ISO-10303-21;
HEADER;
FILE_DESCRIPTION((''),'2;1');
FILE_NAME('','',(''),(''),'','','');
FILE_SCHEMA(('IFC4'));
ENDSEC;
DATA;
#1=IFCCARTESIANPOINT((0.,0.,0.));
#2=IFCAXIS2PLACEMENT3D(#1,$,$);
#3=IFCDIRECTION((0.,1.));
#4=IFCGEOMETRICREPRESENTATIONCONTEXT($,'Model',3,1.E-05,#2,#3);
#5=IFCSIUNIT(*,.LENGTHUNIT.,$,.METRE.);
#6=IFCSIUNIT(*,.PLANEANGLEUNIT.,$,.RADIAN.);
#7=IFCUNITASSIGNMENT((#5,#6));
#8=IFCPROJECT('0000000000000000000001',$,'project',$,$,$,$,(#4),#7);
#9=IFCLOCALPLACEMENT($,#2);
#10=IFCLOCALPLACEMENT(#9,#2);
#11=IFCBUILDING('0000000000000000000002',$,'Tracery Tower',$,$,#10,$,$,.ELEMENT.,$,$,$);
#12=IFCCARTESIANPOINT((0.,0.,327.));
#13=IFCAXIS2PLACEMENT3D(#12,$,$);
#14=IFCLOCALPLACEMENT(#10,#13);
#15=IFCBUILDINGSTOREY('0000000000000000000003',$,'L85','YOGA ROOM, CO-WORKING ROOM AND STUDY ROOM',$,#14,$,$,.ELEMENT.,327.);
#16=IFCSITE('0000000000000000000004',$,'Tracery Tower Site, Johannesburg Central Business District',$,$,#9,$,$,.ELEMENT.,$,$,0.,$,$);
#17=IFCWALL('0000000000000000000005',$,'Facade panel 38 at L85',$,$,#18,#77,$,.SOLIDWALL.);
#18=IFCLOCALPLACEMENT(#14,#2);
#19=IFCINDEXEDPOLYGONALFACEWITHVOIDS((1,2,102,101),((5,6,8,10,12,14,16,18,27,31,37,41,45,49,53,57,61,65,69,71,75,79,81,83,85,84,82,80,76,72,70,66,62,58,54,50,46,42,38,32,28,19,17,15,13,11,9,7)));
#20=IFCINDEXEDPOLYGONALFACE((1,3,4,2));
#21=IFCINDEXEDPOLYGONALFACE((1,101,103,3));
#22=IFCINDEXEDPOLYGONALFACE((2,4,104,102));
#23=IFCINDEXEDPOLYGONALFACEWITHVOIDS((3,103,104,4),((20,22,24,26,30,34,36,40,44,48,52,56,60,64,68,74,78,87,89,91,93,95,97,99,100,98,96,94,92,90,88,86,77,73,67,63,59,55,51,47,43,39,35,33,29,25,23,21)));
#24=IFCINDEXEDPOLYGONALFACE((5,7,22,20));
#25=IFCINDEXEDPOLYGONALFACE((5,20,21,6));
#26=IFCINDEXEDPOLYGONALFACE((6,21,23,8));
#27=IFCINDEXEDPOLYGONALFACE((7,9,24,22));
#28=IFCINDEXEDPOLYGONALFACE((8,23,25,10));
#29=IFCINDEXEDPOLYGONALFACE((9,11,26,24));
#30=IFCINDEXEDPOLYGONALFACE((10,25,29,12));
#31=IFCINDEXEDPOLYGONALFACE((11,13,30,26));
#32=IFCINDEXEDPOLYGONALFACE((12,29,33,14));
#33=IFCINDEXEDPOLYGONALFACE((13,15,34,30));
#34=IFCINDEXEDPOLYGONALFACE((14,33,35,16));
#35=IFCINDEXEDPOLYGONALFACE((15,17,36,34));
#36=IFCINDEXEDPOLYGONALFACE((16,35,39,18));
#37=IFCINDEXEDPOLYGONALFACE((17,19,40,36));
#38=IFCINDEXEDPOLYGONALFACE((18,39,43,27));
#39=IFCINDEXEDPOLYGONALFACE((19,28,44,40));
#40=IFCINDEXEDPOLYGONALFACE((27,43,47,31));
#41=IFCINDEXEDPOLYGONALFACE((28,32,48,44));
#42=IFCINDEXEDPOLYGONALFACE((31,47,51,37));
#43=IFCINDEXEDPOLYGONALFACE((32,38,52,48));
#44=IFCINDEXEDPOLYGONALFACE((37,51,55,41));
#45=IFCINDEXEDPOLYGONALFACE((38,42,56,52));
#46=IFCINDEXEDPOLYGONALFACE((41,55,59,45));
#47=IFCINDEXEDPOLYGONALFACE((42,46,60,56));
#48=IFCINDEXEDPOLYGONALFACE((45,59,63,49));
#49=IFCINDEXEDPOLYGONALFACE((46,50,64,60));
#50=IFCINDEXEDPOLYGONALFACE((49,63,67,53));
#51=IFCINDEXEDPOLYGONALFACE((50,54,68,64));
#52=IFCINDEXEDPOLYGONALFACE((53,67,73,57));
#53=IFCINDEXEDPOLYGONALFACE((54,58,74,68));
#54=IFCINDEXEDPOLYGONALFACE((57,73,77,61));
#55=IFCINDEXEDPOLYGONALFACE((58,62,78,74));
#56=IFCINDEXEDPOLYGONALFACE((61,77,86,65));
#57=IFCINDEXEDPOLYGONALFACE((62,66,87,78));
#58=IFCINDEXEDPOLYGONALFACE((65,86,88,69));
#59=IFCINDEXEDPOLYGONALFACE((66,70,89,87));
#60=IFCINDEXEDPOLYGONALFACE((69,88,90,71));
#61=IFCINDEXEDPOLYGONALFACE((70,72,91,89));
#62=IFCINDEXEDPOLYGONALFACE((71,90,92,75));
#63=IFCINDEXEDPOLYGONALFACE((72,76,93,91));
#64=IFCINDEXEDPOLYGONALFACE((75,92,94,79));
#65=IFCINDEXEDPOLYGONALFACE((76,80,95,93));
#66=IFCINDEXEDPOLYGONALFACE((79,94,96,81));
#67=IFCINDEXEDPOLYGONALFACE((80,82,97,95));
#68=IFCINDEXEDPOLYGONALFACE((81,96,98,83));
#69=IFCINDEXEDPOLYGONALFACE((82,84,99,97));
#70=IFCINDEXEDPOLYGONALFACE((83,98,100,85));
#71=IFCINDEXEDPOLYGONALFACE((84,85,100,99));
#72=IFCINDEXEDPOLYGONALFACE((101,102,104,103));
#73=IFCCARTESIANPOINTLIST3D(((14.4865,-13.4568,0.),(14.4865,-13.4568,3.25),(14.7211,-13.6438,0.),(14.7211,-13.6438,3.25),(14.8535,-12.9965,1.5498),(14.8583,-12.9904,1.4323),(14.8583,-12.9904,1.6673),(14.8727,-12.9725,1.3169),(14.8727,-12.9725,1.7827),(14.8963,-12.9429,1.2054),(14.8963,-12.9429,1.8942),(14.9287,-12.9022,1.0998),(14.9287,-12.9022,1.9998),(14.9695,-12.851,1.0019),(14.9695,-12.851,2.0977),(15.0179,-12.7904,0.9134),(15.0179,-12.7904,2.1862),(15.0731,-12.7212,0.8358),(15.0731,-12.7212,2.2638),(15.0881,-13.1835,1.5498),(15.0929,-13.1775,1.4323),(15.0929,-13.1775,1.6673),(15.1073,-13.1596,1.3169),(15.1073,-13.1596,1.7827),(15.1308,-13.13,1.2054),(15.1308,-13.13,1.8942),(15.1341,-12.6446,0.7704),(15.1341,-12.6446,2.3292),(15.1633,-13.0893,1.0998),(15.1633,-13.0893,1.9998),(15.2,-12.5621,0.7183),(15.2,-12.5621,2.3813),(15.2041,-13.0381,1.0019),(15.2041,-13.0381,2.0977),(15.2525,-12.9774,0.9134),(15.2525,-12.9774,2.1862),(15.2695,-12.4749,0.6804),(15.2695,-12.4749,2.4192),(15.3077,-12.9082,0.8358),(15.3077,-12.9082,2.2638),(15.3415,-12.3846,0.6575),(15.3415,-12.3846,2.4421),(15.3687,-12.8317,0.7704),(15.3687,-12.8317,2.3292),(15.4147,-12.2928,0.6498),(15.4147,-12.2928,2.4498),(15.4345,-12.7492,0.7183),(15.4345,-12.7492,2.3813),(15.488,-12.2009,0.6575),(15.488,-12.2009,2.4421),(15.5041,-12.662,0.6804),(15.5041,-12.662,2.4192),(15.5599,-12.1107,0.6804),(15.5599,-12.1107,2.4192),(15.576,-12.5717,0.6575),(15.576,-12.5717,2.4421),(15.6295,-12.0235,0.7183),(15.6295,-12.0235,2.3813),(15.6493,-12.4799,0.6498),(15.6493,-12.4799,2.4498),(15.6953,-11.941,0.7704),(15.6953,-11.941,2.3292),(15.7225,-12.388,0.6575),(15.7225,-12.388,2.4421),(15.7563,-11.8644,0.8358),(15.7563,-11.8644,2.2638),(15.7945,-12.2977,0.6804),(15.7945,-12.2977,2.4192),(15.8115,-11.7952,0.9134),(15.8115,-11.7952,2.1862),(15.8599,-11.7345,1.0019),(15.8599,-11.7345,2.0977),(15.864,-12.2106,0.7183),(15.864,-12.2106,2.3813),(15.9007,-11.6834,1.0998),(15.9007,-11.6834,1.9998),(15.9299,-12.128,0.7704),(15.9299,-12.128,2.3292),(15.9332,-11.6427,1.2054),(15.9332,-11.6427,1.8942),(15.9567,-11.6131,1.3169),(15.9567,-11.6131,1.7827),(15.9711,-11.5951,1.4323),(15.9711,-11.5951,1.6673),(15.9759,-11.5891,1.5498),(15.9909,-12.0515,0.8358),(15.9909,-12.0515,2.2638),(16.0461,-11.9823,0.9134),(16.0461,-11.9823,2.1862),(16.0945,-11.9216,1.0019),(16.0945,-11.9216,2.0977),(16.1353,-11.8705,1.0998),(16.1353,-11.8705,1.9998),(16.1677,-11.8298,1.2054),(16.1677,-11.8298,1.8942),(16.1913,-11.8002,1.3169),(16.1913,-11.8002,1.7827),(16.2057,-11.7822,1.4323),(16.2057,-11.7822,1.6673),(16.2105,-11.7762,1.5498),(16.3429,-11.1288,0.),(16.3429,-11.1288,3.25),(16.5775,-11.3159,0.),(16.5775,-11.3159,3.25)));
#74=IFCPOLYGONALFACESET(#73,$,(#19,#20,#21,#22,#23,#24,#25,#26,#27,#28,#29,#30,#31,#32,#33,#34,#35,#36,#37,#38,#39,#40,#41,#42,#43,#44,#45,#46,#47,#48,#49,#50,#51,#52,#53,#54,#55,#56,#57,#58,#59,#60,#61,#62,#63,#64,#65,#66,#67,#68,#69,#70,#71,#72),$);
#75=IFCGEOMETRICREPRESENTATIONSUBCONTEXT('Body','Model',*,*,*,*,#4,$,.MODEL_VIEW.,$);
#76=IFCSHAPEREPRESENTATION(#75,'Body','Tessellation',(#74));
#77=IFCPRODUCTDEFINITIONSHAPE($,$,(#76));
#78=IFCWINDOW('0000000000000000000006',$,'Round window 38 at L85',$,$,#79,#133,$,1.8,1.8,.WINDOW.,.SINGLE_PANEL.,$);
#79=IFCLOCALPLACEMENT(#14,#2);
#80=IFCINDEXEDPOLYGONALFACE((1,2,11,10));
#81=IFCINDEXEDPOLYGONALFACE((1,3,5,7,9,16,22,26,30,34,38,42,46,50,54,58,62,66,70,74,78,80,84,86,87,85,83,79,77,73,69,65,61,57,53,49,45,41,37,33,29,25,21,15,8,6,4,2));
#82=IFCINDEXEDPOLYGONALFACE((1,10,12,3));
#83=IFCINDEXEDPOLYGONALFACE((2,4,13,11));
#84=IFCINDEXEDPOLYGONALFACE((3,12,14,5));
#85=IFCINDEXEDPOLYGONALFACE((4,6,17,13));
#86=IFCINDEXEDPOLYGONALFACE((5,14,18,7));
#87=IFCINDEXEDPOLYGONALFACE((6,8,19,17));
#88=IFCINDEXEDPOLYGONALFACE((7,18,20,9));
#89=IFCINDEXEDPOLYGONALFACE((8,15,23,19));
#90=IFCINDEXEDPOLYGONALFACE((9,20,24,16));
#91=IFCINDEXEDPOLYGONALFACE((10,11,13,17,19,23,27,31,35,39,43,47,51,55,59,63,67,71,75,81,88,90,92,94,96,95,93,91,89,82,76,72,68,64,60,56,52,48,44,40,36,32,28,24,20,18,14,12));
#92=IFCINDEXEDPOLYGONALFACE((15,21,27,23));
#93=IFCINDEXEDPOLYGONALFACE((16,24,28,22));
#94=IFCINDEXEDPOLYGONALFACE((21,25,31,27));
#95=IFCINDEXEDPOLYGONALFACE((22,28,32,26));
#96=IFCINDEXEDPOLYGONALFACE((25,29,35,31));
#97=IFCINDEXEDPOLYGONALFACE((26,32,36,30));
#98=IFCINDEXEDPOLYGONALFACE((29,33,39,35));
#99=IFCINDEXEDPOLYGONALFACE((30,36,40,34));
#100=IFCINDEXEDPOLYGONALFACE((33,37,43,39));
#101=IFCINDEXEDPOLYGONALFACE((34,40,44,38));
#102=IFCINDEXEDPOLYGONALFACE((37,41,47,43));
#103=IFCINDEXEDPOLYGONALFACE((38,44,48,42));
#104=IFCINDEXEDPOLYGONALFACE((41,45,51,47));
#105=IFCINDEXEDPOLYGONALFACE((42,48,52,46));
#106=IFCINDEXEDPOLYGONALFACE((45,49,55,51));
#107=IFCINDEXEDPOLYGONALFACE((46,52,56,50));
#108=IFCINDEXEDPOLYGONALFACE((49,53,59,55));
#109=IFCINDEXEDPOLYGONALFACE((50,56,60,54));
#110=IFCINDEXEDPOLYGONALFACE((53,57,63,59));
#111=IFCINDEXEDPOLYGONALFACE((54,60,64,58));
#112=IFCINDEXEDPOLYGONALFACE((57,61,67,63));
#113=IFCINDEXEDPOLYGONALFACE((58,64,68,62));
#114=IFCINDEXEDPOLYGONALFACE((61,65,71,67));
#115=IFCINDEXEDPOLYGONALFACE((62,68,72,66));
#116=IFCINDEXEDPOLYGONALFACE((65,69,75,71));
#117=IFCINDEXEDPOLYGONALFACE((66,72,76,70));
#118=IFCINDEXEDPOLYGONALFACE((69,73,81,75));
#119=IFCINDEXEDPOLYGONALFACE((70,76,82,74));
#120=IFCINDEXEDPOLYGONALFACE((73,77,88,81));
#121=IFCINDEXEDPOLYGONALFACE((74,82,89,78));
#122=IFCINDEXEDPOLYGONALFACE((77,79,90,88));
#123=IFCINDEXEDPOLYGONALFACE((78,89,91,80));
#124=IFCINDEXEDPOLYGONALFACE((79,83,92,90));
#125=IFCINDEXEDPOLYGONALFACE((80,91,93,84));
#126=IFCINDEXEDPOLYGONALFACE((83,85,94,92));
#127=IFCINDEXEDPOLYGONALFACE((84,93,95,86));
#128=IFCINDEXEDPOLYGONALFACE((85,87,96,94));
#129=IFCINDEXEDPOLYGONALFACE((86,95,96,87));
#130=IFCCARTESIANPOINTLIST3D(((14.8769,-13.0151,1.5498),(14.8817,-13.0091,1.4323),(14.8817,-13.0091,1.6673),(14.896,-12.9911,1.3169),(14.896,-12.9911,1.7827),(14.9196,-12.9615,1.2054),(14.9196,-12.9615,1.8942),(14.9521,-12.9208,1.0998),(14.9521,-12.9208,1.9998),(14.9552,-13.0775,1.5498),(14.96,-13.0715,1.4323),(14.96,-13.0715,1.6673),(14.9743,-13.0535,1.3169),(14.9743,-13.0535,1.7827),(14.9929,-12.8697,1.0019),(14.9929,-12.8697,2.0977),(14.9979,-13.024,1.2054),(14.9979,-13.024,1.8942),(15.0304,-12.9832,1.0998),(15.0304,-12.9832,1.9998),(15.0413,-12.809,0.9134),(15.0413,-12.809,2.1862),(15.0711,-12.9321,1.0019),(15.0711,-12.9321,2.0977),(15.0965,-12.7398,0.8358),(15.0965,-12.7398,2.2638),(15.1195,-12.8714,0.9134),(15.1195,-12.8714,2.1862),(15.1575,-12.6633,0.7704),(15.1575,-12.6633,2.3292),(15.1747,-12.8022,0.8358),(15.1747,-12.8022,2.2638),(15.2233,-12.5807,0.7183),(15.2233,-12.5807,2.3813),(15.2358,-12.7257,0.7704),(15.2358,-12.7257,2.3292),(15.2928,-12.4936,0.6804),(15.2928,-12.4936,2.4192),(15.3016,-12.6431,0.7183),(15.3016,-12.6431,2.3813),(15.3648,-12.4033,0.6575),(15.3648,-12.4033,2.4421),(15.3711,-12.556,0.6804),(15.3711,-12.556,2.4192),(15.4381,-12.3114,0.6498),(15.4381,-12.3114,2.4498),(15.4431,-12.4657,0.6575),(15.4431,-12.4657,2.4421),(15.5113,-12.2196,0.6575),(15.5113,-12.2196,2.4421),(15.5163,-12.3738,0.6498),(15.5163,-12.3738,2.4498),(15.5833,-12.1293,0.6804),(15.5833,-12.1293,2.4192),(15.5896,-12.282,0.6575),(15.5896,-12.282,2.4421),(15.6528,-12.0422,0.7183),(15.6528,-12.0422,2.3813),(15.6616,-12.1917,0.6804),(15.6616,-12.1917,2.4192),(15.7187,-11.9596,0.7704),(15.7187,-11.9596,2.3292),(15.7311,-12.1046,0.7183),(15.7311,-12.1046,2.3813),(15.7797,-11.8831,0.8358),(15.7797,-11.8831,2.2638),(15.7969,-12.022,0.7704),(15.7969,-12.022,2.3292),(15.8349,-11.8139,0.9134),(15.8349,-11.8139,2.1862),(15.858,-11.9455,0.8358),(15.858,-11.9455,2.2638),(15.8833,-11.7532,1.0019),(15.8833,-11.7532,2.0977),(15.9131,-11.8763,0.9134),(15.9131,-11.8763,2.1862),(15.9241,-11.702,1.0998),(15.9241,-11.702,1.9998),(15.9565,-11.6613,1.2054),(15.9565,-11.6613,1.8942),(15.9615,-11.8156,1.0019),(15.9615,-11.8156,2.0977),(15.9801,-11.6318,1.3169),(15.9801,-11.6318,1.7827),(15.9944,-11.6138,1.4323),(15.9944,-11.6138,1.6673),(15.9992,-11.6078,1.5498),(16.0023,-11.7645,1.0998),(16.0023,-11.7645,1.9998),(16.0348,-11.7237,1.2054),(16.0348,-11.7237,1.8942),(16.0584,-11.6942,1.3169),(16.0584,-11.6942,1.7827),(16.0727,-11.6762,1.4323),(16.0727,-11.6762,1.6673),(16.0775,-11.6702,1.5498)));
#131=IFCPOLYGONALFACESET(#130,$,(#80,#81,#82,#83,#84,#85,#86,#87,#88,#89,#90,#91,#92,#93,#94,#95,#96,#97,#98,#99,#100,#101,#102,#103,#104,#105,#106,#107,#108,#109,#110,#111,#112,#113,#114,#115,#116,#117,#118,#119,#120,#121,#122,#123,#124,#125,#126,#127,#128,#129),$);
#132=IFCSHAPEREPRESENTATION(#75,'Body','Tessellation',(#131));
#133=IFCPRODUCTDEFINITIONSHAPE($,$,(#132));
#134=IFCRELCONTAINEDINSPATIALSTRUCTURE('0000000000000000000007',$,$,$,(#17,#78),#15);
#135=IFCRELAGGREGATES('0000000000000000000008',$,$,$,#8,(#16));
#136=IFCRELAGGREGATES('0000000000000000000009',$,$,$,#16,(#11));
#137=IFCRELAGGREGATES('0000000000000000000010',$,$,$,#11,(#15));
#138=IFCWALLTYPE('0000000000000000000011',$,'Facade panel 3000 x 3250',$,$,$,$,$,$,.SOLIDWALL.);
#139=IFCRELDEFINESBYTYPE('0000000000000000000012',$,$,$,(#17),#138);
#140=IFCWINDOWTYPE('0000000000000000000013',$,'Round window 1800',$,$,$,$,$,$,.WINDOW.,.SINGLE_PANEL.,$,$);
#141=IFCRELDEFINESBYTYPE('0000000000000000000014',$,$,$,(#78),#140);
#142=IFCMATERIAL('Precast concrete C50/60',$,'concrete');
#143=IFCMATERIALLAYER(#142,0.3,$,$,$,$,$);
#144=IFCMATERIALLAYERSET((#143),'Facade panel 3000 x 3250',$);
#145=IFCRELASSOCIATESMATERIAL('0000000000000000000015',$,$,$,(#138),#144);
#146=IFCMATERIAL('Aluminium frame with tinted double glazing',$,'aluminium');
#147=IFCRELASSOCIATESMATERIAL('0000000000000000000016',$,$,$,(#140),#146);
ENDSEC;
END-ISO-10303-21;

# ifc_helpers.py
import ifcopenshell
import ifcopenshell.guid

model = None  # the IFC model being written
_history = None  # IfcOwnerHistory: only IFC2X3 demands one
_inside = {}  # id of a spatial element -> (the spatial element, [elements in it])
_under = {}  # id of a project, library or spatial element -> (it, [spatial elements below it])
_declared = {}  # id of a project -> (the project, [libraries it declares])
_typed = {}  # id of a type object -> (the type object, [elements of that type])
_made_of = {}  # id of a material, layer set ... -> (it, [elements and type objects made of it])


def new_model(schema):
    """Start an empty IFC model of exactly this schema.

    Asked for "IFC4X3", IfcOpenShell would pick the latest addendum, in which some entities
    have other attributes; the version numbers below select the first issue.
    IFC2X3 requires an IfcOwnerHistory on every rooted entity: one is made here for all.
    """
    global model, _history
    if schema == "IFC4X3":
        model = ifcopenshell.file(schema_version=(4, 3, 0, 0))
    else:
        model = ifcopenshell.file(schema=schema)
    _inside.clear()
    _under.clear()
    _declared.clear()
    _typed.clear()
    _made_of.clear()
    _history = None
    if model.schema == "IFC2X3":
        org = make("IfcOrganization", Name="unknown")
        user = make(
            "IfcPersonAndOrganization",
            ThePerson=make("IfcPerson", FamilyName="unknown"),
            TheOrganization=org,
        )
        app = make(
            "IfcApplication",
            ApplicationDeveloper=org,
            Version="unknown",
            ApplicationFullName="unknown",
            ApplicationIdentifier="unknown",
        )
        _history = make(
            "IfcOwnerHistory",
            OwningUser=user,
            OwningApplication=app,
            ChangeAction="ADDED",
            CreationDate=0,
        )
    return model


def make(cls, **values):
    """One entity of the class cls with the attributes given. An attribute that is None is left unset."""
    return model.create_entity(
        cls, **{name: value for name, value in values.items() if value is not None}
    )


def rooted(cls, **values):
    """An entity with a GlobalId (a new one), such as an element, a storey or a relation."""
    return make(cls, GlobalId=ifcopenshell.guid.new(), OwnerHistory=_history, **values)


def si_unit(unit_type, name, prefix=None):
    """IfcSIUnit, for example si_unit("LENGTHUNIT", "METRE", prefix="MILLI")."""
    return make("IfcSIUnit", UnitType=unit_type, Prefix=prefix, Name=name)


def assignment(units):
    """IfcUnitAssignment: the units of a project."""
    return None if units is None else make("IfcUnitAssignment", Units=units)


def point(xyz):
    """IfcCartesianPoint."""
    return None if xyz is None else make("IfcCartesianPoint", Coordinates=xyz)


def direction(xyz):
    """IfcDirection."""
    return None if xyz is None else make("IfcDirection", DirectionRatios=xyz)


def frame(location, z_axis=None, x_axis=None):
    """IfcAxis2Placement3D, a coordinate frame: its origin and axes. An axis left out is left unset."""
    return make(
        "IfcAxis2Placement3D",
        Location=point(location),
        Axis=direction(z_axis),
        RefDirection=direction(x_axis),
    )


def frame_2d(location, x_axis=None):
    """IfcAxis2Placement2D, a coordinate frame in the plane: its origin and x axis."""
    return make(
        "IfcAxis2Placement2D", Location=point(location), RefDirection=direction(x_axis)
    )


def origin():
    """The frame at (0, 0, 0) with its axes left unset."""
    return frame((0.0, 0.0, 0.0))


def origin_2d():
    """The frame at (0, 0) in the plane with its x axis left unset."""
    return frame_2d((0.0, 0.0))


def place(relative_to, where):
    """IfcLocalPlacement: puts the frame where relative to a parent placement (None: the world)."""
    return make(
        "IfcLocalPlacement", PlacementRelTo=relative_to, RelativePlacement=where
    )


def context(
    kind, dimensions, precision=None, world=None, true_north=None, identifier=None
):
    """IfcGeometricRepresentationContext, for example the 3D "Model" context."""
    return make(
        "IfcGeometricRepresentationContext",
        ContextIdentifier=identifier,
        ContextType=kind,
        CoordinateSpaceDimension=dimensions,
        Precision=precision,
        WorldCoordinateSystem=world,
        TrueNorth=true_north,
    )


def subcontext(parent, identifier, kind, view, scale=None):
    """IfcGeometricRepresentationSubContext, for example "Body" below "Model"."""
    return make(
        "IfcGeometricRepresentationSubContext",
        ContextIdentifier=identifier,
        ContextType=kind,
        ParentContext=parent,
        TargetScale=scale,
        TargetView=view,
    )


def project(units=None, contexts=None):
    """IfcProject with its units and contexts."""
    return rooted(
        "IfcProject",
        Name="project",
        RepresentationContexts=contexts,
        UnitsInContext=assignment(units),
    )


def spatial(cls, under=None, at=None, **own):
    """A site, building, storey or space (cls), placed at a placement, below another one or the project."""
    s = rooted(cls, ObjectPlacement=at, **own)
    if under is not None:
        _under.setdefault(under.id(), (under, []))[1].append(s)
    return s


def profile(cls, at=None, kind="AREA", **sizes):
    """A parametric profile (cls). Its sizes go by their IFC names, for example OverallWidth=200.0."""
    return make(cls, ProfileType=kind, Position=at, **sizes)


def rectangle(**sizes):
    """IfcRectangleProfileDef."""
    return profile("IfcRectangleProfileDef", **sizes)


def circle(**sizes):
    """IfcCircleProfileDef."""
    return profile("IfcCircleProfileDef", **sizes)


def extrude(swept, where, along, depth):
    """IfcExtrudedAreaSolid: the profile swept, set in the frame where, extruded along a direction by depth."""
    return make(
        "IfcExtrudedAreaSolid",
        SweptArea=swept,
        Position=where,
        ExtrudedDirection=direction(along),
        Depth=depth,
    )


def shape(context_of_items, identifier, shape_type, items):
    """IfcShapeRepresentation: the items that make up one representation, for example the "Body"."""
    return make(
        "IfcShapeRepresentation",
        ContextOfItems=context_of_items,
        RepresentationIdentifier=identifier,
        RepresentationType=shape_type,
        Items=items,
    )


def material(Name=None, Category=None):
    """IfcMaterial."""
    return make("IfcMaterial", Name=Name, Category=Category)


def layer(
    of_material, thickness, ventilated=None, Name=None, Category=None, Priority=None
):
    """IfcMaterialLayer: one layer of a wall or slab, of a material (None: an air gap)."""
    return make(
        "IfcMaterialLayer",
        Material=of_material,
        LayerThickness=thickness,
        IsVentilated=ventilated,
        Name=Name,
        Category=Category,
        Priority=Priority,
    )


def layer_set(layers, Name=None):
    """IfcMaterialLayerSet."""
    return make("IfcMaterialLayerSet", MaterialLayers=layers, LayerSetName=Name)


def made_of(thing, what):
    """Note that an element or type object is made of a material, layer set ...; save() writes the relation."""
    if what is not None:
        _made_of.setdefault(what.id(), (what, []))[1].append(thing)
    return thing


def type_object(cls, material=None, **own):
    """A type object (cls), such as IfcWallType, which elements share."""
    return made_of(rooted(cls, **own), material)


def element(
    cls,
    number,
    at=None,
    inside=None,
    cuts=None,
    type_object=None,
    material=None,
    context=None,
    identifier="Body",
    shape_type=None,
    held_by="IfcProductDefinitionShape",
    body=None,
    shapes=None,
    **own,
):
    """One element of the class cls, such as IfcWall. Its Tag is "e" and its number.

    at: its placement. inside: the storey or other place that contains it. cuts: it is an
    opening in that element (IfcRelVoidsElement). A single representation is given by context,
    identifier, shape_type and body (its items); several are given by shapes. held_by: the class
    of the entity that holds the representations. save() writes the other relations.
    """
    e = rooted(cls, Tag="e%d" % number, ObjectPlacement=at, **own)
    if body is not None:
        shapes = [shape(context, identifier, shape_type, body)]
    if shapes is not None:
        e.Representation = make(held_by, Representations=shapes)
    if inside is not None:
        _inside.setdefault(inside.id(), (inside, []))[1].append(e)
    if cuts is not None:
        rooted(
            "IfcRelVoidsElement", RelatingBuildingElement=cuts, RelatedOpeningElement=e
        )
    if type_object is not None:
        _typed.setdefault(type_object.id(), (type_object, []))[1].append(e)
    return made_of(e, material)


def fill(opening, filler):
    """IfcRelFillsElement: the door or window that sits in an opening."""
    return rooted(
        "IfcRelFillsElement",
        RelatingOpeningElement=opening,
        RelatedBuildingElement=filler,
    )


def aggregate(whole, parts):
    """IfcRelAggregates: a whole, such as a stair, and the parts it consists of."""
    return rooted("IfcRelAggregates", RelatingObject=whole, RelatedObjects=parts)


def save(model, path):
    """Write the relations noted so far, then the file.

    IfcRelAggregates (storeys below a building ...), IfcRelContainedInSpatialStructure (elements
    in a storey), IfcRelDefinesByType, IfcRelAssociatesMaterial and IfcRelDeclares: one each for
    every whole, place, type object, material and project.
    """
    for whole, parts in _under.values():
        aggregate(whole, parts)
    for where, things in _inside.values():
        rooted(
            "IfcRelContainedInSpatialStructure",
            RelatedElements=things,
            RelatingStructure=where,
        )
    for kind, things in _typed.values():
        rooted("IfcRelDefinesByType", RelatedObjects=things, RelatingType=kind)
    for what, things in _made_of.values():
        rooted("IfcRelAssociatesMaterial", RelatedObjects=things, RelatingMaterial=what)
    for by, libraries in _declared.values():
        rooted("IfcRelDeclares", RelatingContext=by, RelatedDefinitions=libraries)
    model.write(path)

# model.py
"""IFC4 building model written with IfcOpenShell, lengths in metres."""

from ifc_helpers import new_model, si_unit, direction, frame, frame_2d, origin, origin_2d, place, context, subcontext, project, spatial, rectangle, circle, extrude, material, layer, layer_set, type_object, element, fill, save


model = new_model("IFC4")

# Units and contexts
model_context = context("Model", 3, precision=1e-05, world=origin(), true_north=direction((0.0, 1.0)))
body_context = subcontext(model_context, "Body", "Model", "MODEL_VIEW")
ifc_project = project(units=[si_unit("LENGTHUNIT", "METRE"), si_unit("PLANEANGLEUNIT", "RADIAN")], contexts=[model_context])

# Site, building, storey
site_placement = place(None, origin())
site = spatial("IfcSite", under=ifc_project, at=site_placement, Name="Tracery Tower Site, Johannesburg Central Business District", CompositionType="ELEMENT", RefElevation=0.0)
building_placement = place(site_placement, origin())
building = spatial("IfcBuilding", under=site, at=building_placement, Name="Tracery Tower", CompositionType="ELEMENT")
storey_placement = place(building_placement, frame((0.0, 0.0, 327.0)))
storey = spatial("IfcBuildingStorey", under=building, at=storey_placement, Name="L85", Description="YOGA ROOM, CO-WORKING ROOM AND STUDY ROOM", CompositionType="ELEMENT", Elevation=327.0)

# Wall, opening, window
ifc_material_1 = material(Name="Precast concrete C50/60", Category="concrete")
ifc_layer_1 = layer(ifc_material_1, 0.3)
ifc_layer_set_1 = layer_set([ifc_layer_1], Name="Facade panel 3000 x 3250")
wall_type_1 = type_object("IfcWallType", Name="Facade panel 3000 x 3250", PredefinedType="SOLIDWALL", material=ifc_layer_set_1)
ifc_material_2 = material(Name="Aluminium frame with tinted double glazing", Category="aluminium")
window_type = type_object("IfcWindowType", Name="Round window 1800", PartitioningType="SINGLE_PANEL", PredefinedType="WINDOW", material=ifc_material_2)
wall_1_placement = place(storey_placement, frame((14.6038, -13.5503, 0.0), z_axis=(0.0, 0.0, 1.0), x_axis=(0.623494, 0.781828, 0.0)))
wall_1 = element("IfcWall", 1, at=wall_1_placement, inside=storey, type_object=wall_type_1, Name="Facade panel 38 at L85", PredefinedType="SOLIDWALL", context=body_context, shape_type="SweptSolid", body=[
    extrude(rectangle(XDim=2.9775, YDim=0.3, at=frame_2d((1.4888, 0.0))), origin(), (0.0, 0.0, 1.0), 3.25),
])
opening_1_placement = place(wall_1_placement, frame((1.4888, 0.0, 1.5498)))
opening_1 = element("IfcOpeningElement", 2, at=opening_1_placement, cuts=wall_1, PredefinedType="OPENING", context=body_context, shape_type="SweptSolid", body=[
    extrude(circle(Radius=0.9, at=origin_2d()), frame((0.0, 0.1599, 0.0), z_axis=(0.0, -1.0, 0.0), x_axis=(1.0, 0.0, 0.0)), (0.0, 0.0, 1.0), 0.3201),
])
window_1_placement = place(opening_1_placement, origin())
window_1 = element("IfcWindow", 3, at=window_1_placement, inside=storey, type_object=window_type, Name="Round window 38 at L85", OverallHeight=1.8, OverallWidth=1.8, PartitioningType="SINGLE_PANEL", PredefinedType="WINDOW", context=body_context, shape_type="SweptSolid", body=[
    extrude(circle(Radius=0.9, at=origin_2d()), frame((0.0, 0.1201, 0.0), z_axis=(0.0, -1.0, 0.0), x_axis=(1.0, 0.0, 0.0)), (0.0, 0.0, 1.0), 0.1001),
])
fill(opening_1, window_1)

save(model, "model.ifc")
